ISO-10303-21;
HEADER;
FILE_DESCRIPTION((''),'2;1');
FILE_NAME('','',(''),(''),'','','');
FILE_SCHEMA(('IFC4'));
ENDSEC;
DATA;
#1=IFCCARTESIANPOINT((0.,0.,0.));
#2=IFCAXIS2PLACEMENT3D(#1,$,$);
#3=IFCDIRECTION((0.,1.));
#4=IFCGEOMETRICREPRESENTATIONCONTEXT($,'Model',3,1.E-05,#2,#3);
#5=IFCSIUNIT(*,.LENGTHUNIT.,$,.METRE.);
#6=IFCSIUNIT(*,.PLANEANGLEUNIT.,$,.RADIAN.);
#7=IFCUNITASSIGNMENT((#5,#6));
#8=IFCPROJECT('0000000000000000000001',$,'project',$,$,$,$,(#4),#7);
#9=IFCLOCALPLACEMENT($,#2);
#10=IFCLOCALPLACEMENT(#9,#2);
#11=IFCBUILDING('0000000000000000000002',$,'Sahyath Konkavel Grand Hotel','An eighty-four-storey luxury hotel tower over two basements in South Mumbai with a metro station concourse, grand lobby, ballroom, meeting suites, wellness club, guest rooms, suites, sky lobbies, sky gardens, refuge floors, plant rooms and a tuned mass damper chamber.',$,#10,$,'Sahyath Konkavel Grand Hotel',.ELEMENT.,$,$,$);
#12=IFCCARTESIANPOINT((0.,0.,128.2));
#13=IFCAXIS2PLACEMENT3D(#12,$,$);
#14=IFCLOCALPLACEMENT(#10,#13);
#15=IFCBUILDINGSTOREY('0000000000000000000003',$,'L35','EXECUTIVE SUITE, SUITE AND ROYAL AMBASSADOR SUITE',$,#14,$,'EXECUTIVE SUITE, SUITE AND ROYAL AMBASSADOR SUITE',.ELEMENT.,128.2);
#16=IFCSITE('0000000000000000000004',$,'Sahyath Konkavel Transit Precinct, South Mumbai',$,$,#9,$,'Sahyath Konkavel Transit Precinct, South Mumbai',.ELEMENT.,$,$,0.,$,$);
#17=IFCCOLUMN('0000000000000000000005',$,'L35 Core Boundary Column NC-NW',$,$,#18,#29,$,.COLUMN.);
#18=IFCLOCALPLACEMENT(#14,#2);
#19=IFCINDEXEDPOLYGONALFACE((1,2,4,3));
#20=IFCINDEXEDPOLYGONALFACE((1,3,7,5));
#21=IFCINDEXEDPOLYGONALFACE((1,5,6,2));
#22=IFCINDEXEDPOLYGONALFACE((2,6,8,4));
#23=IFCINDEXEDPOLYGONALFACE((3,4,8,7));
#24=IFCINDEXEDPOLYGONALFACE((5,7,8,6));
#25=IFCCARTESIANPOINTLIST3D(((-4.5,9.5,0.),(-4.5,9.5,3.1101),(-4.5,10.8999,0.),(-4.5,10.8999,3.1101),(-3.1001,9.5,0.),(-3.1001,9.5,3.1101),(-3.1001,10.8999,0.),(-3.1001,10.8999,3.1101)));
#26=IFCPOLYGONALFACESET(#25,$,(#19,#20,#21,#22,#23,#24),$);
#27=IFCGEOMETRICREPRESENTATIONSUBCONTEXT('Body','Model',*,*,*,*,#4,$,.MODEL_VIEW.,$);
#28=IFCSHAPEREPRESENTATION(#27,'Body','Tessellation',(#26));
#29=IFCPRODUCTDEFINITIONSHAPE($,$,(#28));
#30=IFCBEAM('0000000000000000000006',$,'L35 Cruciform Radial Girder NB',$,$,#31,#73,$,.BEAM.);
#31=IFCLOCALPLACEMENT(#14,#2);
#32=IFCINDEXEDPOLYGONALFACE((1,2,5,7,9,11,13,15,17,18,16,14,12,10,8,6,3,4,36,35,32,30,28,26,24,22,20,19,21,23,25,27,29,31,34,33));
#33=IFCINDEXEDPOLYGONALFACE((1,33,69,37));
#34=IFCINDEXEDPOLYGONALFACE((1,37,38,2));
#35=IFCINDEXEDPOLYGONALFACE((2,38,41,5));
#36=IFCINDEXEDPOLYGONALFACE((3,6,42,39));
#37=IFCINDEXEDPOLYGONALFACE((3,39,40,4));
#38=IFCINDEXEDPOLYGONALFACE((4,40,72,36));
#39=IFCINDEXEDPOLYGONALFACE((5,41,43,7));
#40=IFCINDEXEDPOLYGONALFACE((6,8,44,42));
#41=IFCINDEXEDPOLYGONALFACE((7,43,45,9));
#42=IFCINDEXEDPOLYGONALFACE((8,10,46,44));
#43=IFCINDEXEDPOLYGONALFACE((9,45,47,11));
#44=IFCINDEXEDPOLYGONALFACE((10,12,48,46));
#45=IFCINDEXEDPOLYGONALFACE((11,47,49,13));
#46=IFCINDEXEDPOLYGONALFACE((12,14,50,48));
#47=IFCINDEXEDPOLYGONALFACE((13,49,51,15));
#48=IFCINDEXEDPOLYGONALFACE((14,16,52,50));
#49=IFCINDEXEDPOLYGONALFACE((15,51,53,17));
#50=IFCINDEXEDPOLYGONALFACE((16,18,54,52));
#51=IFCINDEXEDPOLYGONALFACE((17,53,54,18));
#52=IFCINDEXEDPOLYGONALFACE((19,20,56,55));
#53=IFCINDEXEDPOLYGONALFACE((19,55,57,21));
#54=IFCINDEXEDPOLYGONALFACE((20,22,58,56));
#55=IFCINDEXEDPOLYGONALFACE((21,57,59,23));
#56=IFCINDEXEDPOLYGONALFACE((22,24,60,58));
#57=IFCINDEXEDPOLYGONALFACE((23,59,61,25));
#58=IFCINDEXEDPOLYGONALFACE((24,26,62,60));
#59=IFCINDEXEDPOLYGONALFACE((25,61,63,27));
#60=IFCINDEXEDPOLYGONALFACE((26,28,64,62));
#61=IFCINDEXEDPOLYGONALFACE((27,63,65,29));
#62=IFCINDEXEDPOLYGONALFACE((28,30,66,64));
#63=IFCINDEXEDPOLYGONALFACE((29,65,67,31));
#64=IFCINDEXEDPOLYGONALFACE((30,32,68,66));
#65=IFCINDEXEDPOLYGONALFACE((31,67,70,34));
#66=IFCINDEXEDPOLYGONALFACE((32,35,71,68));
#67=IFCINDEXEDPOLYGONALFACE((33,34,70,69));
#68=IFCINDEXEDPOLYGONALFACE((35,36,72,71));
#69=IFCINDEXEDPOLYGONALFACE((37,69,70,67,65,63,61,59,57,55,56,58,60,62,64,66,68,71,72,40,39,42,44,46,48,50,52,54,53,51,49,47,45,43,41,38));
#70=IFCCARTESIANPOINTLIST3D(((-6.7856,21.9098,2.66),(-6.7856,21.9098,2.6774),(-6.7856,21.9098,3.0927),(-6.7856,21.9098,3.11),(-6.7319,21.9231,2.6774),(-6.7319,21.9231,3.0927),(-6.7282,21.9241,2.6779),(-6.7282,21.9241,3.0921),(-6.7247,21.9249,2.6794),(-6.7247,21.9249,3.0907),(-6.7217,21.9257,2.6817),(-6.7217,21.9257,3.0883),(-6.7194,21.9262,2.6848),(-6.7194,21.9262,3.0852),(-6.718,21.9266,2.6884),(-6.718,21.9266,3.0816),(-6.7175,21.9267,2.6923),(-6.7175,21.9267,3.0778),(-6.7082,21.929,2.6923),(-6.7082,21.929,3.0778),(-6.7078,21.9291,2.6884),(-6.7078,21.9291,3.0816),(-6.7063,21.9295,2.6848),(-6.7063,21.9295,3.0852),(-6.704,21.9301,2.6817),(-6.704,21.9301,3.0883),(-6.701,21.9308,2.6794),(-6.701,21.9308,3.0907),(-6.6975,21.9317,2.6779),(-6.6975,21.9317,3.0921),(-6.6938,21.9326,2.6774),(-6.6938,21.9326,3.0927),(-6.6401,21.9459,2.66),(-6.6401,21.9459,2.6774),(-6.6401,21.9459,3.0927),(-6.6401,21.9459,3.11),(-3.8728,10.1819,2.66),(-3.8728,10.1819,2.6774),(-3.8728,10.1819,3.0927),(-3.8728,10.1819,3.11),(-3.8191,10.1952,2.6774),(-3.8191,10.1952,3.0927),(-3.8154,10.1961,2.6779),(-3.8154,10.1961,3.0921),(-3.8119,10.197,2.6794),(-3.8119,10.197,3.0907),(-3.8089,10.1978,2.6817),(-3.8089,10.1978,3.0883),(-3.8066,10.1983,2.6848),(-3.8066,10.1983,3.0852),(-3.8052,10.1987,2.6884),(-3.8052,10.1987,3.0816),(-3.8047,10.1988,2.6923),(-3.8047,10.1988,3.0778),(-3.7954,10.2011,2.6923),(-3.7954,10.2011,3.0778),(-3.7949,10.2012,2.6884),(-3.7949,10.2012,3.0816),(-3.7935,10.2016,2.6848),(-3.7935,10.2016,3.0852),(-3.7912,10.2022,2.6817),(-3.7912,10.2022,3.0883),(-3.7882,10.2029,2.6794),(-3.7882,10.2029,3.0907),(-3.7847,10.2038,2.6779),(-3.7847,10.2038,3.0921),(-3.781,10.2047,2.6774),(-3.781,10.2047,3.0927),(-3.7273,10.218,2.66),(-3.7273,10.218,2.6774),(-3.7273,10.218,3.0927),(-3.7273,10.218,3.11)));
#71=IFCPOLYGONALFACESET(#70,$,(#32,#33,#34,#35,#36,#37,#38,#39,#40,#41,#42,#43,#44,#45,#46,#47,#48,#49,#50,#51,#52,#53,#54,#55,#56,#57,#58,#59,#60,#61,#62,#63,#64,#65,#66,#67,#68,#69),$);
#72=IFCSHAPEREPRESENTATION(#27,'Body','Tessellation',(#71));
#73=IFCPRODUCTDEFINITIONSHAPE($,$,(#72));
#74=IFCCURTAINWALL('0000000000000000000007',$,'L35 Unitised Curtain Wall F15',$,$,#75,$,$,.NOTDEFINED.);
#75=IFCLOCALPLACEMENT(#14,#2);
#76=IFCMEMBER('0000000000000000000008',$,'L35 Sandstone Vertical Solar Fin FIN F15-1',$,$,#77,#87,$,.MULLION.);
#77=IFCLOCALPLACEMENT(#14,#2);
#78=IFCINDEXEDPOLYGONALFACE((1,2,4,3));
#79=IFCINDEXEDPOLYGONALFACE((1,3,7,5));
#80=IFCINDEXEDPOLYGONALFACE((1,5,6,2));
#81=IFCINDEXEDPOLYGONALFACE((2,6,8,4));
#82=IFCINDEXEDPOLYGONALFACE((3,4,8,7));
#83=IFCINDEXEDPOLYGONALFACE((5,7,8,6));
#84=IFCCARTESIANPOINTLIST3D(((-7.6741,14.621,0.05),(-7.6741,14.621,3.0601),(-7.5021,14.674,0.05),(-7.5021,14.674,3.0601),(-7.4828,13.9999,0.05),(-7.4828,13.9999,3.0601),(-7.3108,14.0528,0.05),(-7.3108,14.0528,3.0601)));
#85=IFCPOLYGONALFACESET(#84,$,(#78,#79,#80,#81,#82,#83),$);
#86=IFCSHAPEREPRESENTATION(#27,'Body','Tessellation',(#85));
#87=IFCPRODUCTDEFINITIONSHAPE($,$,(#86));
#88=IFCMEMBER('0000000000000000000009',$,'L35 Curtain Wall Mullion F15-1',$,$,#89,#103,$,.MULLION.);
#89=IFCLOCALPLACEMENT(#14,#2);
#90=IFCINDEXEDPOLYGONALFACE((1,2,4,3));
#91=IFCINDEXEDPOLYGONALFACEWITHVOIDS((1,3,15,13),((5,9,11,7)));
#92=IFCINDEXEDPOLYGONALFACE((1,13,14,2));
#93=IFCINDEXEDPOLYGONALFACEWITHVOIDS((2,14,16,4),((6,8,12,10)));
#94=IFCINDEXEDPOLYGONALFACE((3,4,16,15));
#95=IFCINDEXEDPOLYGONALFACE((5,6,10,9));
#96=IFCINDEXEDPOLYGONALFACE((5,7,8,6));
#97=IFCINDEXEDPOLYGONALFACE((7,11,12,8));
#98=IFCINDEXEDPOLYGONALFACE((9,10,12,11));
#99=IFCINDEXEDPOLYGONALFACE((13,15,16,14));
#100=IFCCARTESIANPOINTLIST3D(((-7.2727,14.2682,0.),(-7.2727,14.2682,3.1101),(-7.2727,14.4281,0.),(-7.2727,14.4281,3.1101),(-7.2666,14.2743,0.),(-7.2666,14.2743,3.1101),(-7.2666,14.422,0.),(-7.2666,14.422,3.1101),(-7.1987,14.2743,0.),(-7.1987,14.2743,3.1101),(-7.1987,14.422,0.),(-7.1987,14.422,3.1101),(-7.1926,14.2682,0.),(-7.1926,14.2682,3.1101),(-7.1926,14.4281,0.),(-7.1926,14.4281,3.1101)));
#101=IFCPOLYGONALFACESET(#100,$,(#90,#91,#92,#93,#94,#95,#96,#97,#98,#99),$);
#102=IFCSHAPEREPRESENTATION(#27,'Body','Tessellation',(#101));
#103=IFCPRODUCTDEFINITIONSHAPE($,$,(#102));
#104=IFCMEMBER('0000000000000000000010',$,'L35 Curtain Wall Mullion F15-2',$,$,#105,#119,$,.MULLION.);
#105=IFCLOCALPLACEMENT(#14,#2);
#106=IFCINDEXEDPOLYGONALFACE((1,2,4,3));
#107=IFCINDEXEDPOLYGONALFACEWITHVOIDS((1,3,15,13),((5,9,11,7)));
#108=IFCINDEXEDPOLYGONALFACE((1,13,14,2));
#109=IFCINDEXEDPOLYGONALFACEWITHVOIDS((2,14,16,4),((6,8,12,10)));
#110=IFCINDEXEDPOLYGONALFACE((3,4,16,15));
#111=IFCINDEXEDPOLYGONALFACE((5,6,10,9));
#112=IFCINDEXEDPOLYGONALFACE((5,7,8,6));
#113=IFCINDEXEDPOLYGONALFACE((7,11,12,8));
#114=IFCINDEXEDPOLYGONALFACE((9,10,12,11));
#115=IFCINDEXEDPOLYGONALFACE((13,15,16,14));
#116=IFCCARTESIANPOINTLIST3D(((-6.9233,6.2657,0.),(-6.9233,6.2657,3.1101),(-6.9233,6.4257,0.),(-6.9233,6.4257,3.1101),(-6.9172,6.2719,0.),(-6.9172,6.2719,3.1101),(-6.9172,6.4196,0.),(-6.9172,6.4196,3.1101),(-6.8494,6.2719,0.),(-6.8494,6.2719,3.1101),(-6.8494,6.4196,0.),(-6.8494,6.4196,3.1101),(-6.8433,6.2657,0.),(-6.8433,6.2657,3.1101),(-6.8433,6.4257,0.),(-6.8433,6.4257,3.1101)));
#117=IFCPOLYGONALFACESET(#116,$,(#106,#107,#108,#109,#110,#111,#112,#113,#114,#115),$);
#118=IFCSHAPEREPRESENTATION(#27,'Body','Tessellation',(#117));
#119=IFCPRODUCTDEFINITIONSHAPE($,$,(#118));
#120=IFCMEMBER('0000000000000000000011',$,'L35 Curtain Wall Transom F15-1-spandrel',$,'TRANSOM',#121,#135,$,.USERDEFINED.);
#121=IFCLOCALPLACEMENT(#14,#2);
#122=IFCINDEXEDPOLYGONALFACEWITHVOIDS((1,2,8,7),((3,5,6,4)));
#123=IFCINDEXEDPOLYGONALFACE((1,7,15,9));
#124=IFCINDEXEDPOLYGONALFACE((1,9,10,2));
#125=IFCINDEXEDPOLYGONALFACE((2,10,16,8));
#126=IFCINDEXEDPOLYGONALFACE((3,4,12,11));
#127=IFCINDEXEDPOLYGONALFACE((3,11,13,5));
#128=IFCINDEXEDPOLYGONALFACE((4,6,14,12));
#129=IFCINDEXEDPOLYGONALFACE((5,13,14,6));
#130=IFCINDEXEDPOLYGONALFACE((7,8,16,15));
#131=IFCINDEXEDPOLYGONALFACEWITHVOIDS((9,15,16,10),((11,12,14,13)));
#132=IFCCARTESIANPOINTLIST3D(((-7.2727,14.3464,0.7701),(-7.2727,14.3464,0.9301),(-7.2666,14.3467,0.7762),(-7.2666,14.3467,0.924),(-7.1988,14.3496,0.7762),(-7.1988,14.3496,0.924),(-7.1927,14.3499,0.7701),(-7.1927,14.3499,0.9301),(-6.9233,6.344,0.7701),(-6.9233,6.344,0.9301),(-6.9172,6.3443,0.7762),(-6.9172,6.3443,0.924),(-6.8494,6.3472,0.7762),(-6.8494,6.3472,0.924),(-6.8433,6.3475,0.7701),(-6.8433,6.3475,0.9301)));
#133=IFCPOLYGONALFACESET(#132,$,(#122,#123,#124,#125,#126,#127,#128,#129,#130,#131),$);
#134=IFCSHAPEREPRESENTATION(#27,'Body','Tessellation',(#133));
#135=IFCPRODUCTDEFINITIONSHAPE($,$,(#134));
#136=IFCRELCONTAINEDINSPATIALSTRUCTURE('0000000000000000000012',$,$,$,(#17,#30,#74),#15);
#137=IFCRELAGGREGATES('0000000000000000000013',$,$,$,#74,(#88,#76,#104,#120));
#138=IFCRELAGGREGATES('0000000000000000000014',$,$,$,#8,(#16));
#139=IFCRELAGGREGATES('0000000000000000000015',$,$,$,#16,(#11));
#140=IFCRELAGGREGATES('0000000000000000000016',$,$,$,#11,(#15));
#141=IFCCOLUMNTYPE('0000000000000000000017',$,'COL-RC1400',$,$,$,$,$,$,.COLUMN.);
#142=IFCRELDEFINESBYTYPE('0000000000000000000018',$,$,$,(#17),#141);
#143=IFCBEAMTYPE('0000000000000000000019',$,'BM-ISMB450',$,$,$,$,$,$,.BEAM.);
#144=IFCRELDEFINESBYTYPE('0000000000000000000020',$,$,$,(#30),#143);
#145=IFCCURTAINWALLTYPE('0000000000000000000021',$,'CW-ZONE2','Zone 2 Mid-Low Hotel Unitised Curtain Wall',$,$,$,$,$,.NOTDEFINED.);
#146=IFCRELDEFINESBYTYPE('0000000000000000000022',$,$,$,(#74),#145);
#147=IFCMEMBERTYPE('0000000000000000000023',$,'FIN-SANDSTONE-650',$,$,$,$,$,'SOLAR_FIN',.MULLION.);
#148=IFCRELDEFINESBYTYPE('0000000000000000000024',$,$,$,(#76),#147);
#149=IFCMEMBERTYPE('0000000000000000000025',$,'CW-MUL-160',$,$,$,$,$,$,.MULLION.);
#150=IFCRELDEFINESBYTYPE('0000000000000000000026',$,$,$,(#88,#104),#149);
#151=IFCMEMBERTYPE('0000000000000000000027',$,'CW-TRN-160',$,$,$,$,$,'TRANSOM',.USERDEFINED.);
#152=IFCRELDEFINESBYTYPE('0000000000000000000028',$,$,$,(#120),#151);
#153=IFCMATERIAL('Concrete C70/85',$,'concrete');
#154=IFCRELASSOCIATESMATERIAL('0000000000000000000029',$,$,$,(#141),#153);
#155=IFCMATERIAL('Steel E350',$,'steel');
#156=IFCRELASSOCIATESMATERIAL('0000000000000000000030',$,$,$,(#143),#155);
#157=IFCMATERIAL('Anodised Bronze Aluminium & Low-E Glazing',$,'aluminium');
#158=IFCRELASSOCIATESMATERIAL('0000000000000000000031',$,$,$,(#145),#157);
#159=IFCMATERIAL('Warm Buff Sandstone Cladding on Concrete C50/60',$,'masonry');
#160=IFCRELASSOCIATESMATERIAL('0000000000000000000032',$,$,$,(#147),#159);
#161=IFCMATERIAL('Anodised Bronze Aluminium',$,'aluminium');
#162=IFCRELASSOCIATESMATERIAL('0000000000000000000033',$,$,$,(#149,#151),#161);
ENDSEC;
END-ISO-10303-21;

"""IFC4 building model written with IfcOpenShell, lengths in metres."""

from ifc_helpers import new_model, si_unit, direction, frame, origin, origin_2d, place, context, subcontext, project, spatial, rectangle, hollow_rectangle, i_section, extrude, source, transform, mapped, material, material_profile, profile_set, type_object, element, aggregate, save


model = new_model("IFC4")

# Units and contexts
model_context = context("Model", 3, precision=1e-05, world=origin(), true_north=direction((0.0, 1.0)))
body_context = subcontext(model_context, "Body", "Model", "MODEL_VIEW")
ifc_project = project(units=[si_unit("LENGTHUNIT", "METRE"), si_unit("PLANEANGLEUNIT", "RADIAN")], contexts=[model_context])

# Site, building, storey
site_placement = place(None, origin())
site = spatial("IfcSite", under=ifc_project, at=site_placement, Name="Sahyath Konkavel Transit Precinct, South Mumbai", LongName="Sahyath Konkavel Transit Precinct, South Mumbai", CompositionType="ELEMENT", RefElevation=0.0)
building_placement = place(site_placement, origin())
building = spatial("IfcBuilding", under=site, at=building_placement, Name="Sahyath Konkavel Grand Hotel", Description="An eighty-four-storey luxury hotel tower over two basements in South Mumbai with a metro station concourse, grand lobby, ballroom, meeting suites, wellness club, guest rooms, suites, sky lobbies, sky gardens, refuge floors, plant rooms and a tuned mass damper chamber.", LongName="Sahyath Konkavel Grand Hotel", CompositionType="ELEMENT")
storey_placement = place(building_placement, frame((0.0, 0.0, 128.2)))
storey = spatial("IfcBuildingStorey", under=building, at=storey_placement, Name="L35", Description="EXECUTIVE SUITE, SUITE AND ROYAL AMBASSADOR SUITE", LongName="EXECUTIVE SUITE, SUITE AND ROYAL AMBASSADOR SUITE", CompositionType="ELEMENT", Elevation=128.2)

# Column
ifc_material_1 = material(Name="Concrete C70/85", Category="concrete")
ifc_material_profile_1 = material_profile(ifc_material_1, rectangle(XDim=1.3999, YDim=1.3999, at=origin_2d()), Name="RC 1400x1400")
ifc_profile_set_1 = profile_set([ifc_material_profile_1], Name="Concrete C70/85")
column_type = type_object("IfcColumnType", Name="COL-RC1400", PredefinedType="COLUMN", material=ifc_profile_set_1)
shared_shape_1 = source(origin(), body_context, "Body", "SweptSolid", [
    extrude(rectangle(XDim=1.3999, YDim=1.3999, at=origin_2d()), origin(), (0.0, 0.0, 1.0), 3.1101),
])
column_placement = place(storey_placement, frame((-3.8, 10.2, 0.0), z_axis=(0.0, 0.0, 1.0), x_axis=(1.0, 0.0, 0.0)))
element("IfcColumn", 1, at=column_placement, inside=storey, type_object=column_type, Name="L35 Core Boundary Column NC-NW", PredefinedType="COLUMN", context=body_context, shape_type="MappedRepresentation", body=[
    mapped(shared_shape_1, transform((0.0, 0.0, 0.0), scale=1.0)),
])

# Beam
ifc_material_2 = material(Name="Steel E350", Category="steel")
ifc_material_profile_2 = material_profile(ifc_material_2, i_section(OverallWidth=0.1499, OverallDepth=0.45, WebThickness=0.0095, FlangeThickness=0.0173, FilletRadius=0.0149, at=origin_2d()), Name="ISMB 450")
ifc_profile_set_2 = profile_set([ifc_material_profile_2], Name="Steel E350")
beam_type_1 = type_object("IfcBeamType", Name="BM-ISMB450", PredefinedType="BEAM", material=ifc_profile_set_2)
shared_shape_2 = source(origin(), body_context, "Body", "SweptSolid", [
    extrude(i_section(OverallWidth=0.1499, OverallDepth=0.45, WebThickness=0.0095, FlangeThickness=0.0173, FilletRadius=0.0149, at=origin_2d()), origin(), (0.0, 0.0, 1.0), 12.0842),
])
beam_1_placement = place(storey_placement, frame((-3.8, 10.2, 2.885), z_axis=(-0.241043, 0.970515, 0.0), x_axis=(-0.970515, -0.241043, 0.0)))
element("IfcBeam", 2, at=beam_1_placement, inside=storey, type_object=beam_type_1, Name="L35 Cruciform Radial Girder NB", PredefinedType="BEAM", context=body_context, shape_type="MappedRepresentation", body=[
    mapped(shared_shape_2, transform((0.0, 0.0, 0.0), scale=1.0)),
])

# Curtain wall, members
ifc_material_3 = material(Name="Anodised Bronze Aluminium & Low-E Glazing", Category="aluminium")
curtain_wall_type = type_object("IfcCurtainWallType", Name="CW-ZONE2", Description="Zone 2 Mid-Low Hotel Unitised Curtain Wall", PredefinedType="NOTDEFINED", material=ifc_material_3)
curtain_wall_placement = place(storey_placement, origin())
curtain_wall = element("IfcCurtainWall", 3, at=curtain_wall_placement, inside=storey, type_object=curtain_wall_type, Name="L35 Unitised Curtain Wall F15", PredefinedType="NOTDEFINED")
ifc_material_4 = material(Name="Warm Buff Sandstone Cladding on Concrete C50/60", Category="masonry")
ifc_material_profile_3 = material_profile(ifc_material_4, rectangle(XDim=0.1799, YDim=0.6499, at=origin_2d()), Name="FIN 180x650")
ifc_profile_set_3 = profile_set([ifc_material_profile_3], Name="Warm Buff Sandstone Cladding on Concrete C50/60")
member_type_1 = type_object("IfcMemberType", Name="FIN-SANDSTONE-650", ElementType="SOLAR_FIN", PredefinedType="MULLION", material=ifc_profile_set_3)
shared_shape_3 = source(origin(), body_context, "Body", "SweptSolid", [
    extrude(rectangle(XDim=0.1799, YDim=0.6499, at=origin_2d()), origin(), (0.0, 0.0, 1.0), 3.01),
])
member_1_placement = place(storey_placement, frame((-7.4924, 14.3369, 0.05), z_axis=(0.0, 0.0, 1.0), x_axis=(0.95569, 0.294374, 0.0)))
member_1 = element("IfcMember", 4, at=member_1_placement, type_object=member_type_1, Name="L35 Sandstone Vertical Solar Fin FIN F15-1", PredefinedType="MULLION", context=body_context, shape_type="MappedRepresentation", body=[
    mapped(shared_shape_3, transform((0.0, 0.0, 0.0), scale=1.0)),
])
ifc_material_5 = material(Name="Anodised Bronze Aluminium", Category="aluminium")
ifc_material_profile_4 = material_profile(ifc_material_5, hollow_rectangle(XDim=0.0801, YDim=0.1599, WallThickness=0.0061, at=origin_2d()), Name="RHS 160x80x6")
ifc_profile_set_4 = profile_set([ifc_material_profile_4], Name="Anodised Bronze Aluminium")
member_type_2 = type_object("IfcMemberType", Name="CW-MUL-160", PredefinedType="MULLION", material=ifc_profile_set_4)
shared_shape_4 = source(origin(), body_context, "Body", "SweptSolid", [
    extrude(hollow_rectangle(XDim=0.0801, YDim=0.1599, WallThickness=0.0061, at=origin_2d()), origin(), (0.0, 0.0, 1.0), 3.1101),
])
member_2_placement = place(storey_placement, frame((-7.2327, 14.3481, 0.0), z_axis=(0.0, 0.0, 1.0), x_axis=(1.0, 0.0, 0.0)))
member_2 = element("IfcMember", 5, at=member_2_placement, type_object=member_type_2, Name="L35 Curtain Wall Mullion F15-1", PredefinedType="MULLION", context=body_context, shape_type="MappedRepresentation", body=[
    mapped(shared_shape_4, transform((0.0, 0.0, 0.0), scale=1.0)),
])
member_3_placement = place(storey_placement, frame((-6.8833, 6.3457, 0.0), z_axis=(0.0, 0.0, 1.0), x_axis=(1.0, 0.0, 0.0)))
member_3 = element("IfcMember", 6, at=member_3_placement, type_object=member_type_2, Name="L35 Curtain Wall Mullion F15-2", PredefinedType="MULLION", context=body_context, shape_type="MappedRepresentation", body=[
    mapped(shared_shape_4, transform((0.0, 0.0, 0.0), scale=1.0)),
])
ifc_material_profile_5 = material_profile(ifc_material_5, hollow_rectangle(XDim=0.0801, YDim=0.1599, WallThickness=0.0061, at=origin_2d()), Name="RHS 160x80x6")
ifc_profile_set_5 = profile_set([ifc_material_profile_5], Name="Anodised Bronze Aluminium")
member_type_3 = type_object("IfcMemberType", Name="CW-TRN-160", ElementType="TRANSOM", PredefinedType="USERDEFINED", material=ifc_profile_set_5)
shared_shape_5 = source(origin(), body_context, "Body", "SweptSolid", [
    extrude(hollow_rectangle(XDim=0.0801, YDim=0.1599, WallThickness=0.0061, at=origin_2d()), origin(), (0.0, 0.0, 1.0), 8.01),
])
member_4_placement = place(storey_placement, frame((-7.2327, 14.3481, 0.8501), z_axis=(0.043616, -0.999048, 0.0), x_axis=(0.999048, 0.043616, 0.0)))
member_4 = element("IfcMember", 7, at=member_4_placement, type_object=member_type_3, Name="L35 Curtain Wall Transom F15-1-spandrel", ObjectType="TRANSOM", PredefinedType="USERDEFINED", context=body_context, shape_type="MappedRepresentation", body=[
    mapped(shared_shape_5, transform((0.0, 0.0, 0.0), scale=1.0)),
])

aggregate(curtain_wall, [member_2, member_1, member_3, member_4])

save(model, "model.ifc")
